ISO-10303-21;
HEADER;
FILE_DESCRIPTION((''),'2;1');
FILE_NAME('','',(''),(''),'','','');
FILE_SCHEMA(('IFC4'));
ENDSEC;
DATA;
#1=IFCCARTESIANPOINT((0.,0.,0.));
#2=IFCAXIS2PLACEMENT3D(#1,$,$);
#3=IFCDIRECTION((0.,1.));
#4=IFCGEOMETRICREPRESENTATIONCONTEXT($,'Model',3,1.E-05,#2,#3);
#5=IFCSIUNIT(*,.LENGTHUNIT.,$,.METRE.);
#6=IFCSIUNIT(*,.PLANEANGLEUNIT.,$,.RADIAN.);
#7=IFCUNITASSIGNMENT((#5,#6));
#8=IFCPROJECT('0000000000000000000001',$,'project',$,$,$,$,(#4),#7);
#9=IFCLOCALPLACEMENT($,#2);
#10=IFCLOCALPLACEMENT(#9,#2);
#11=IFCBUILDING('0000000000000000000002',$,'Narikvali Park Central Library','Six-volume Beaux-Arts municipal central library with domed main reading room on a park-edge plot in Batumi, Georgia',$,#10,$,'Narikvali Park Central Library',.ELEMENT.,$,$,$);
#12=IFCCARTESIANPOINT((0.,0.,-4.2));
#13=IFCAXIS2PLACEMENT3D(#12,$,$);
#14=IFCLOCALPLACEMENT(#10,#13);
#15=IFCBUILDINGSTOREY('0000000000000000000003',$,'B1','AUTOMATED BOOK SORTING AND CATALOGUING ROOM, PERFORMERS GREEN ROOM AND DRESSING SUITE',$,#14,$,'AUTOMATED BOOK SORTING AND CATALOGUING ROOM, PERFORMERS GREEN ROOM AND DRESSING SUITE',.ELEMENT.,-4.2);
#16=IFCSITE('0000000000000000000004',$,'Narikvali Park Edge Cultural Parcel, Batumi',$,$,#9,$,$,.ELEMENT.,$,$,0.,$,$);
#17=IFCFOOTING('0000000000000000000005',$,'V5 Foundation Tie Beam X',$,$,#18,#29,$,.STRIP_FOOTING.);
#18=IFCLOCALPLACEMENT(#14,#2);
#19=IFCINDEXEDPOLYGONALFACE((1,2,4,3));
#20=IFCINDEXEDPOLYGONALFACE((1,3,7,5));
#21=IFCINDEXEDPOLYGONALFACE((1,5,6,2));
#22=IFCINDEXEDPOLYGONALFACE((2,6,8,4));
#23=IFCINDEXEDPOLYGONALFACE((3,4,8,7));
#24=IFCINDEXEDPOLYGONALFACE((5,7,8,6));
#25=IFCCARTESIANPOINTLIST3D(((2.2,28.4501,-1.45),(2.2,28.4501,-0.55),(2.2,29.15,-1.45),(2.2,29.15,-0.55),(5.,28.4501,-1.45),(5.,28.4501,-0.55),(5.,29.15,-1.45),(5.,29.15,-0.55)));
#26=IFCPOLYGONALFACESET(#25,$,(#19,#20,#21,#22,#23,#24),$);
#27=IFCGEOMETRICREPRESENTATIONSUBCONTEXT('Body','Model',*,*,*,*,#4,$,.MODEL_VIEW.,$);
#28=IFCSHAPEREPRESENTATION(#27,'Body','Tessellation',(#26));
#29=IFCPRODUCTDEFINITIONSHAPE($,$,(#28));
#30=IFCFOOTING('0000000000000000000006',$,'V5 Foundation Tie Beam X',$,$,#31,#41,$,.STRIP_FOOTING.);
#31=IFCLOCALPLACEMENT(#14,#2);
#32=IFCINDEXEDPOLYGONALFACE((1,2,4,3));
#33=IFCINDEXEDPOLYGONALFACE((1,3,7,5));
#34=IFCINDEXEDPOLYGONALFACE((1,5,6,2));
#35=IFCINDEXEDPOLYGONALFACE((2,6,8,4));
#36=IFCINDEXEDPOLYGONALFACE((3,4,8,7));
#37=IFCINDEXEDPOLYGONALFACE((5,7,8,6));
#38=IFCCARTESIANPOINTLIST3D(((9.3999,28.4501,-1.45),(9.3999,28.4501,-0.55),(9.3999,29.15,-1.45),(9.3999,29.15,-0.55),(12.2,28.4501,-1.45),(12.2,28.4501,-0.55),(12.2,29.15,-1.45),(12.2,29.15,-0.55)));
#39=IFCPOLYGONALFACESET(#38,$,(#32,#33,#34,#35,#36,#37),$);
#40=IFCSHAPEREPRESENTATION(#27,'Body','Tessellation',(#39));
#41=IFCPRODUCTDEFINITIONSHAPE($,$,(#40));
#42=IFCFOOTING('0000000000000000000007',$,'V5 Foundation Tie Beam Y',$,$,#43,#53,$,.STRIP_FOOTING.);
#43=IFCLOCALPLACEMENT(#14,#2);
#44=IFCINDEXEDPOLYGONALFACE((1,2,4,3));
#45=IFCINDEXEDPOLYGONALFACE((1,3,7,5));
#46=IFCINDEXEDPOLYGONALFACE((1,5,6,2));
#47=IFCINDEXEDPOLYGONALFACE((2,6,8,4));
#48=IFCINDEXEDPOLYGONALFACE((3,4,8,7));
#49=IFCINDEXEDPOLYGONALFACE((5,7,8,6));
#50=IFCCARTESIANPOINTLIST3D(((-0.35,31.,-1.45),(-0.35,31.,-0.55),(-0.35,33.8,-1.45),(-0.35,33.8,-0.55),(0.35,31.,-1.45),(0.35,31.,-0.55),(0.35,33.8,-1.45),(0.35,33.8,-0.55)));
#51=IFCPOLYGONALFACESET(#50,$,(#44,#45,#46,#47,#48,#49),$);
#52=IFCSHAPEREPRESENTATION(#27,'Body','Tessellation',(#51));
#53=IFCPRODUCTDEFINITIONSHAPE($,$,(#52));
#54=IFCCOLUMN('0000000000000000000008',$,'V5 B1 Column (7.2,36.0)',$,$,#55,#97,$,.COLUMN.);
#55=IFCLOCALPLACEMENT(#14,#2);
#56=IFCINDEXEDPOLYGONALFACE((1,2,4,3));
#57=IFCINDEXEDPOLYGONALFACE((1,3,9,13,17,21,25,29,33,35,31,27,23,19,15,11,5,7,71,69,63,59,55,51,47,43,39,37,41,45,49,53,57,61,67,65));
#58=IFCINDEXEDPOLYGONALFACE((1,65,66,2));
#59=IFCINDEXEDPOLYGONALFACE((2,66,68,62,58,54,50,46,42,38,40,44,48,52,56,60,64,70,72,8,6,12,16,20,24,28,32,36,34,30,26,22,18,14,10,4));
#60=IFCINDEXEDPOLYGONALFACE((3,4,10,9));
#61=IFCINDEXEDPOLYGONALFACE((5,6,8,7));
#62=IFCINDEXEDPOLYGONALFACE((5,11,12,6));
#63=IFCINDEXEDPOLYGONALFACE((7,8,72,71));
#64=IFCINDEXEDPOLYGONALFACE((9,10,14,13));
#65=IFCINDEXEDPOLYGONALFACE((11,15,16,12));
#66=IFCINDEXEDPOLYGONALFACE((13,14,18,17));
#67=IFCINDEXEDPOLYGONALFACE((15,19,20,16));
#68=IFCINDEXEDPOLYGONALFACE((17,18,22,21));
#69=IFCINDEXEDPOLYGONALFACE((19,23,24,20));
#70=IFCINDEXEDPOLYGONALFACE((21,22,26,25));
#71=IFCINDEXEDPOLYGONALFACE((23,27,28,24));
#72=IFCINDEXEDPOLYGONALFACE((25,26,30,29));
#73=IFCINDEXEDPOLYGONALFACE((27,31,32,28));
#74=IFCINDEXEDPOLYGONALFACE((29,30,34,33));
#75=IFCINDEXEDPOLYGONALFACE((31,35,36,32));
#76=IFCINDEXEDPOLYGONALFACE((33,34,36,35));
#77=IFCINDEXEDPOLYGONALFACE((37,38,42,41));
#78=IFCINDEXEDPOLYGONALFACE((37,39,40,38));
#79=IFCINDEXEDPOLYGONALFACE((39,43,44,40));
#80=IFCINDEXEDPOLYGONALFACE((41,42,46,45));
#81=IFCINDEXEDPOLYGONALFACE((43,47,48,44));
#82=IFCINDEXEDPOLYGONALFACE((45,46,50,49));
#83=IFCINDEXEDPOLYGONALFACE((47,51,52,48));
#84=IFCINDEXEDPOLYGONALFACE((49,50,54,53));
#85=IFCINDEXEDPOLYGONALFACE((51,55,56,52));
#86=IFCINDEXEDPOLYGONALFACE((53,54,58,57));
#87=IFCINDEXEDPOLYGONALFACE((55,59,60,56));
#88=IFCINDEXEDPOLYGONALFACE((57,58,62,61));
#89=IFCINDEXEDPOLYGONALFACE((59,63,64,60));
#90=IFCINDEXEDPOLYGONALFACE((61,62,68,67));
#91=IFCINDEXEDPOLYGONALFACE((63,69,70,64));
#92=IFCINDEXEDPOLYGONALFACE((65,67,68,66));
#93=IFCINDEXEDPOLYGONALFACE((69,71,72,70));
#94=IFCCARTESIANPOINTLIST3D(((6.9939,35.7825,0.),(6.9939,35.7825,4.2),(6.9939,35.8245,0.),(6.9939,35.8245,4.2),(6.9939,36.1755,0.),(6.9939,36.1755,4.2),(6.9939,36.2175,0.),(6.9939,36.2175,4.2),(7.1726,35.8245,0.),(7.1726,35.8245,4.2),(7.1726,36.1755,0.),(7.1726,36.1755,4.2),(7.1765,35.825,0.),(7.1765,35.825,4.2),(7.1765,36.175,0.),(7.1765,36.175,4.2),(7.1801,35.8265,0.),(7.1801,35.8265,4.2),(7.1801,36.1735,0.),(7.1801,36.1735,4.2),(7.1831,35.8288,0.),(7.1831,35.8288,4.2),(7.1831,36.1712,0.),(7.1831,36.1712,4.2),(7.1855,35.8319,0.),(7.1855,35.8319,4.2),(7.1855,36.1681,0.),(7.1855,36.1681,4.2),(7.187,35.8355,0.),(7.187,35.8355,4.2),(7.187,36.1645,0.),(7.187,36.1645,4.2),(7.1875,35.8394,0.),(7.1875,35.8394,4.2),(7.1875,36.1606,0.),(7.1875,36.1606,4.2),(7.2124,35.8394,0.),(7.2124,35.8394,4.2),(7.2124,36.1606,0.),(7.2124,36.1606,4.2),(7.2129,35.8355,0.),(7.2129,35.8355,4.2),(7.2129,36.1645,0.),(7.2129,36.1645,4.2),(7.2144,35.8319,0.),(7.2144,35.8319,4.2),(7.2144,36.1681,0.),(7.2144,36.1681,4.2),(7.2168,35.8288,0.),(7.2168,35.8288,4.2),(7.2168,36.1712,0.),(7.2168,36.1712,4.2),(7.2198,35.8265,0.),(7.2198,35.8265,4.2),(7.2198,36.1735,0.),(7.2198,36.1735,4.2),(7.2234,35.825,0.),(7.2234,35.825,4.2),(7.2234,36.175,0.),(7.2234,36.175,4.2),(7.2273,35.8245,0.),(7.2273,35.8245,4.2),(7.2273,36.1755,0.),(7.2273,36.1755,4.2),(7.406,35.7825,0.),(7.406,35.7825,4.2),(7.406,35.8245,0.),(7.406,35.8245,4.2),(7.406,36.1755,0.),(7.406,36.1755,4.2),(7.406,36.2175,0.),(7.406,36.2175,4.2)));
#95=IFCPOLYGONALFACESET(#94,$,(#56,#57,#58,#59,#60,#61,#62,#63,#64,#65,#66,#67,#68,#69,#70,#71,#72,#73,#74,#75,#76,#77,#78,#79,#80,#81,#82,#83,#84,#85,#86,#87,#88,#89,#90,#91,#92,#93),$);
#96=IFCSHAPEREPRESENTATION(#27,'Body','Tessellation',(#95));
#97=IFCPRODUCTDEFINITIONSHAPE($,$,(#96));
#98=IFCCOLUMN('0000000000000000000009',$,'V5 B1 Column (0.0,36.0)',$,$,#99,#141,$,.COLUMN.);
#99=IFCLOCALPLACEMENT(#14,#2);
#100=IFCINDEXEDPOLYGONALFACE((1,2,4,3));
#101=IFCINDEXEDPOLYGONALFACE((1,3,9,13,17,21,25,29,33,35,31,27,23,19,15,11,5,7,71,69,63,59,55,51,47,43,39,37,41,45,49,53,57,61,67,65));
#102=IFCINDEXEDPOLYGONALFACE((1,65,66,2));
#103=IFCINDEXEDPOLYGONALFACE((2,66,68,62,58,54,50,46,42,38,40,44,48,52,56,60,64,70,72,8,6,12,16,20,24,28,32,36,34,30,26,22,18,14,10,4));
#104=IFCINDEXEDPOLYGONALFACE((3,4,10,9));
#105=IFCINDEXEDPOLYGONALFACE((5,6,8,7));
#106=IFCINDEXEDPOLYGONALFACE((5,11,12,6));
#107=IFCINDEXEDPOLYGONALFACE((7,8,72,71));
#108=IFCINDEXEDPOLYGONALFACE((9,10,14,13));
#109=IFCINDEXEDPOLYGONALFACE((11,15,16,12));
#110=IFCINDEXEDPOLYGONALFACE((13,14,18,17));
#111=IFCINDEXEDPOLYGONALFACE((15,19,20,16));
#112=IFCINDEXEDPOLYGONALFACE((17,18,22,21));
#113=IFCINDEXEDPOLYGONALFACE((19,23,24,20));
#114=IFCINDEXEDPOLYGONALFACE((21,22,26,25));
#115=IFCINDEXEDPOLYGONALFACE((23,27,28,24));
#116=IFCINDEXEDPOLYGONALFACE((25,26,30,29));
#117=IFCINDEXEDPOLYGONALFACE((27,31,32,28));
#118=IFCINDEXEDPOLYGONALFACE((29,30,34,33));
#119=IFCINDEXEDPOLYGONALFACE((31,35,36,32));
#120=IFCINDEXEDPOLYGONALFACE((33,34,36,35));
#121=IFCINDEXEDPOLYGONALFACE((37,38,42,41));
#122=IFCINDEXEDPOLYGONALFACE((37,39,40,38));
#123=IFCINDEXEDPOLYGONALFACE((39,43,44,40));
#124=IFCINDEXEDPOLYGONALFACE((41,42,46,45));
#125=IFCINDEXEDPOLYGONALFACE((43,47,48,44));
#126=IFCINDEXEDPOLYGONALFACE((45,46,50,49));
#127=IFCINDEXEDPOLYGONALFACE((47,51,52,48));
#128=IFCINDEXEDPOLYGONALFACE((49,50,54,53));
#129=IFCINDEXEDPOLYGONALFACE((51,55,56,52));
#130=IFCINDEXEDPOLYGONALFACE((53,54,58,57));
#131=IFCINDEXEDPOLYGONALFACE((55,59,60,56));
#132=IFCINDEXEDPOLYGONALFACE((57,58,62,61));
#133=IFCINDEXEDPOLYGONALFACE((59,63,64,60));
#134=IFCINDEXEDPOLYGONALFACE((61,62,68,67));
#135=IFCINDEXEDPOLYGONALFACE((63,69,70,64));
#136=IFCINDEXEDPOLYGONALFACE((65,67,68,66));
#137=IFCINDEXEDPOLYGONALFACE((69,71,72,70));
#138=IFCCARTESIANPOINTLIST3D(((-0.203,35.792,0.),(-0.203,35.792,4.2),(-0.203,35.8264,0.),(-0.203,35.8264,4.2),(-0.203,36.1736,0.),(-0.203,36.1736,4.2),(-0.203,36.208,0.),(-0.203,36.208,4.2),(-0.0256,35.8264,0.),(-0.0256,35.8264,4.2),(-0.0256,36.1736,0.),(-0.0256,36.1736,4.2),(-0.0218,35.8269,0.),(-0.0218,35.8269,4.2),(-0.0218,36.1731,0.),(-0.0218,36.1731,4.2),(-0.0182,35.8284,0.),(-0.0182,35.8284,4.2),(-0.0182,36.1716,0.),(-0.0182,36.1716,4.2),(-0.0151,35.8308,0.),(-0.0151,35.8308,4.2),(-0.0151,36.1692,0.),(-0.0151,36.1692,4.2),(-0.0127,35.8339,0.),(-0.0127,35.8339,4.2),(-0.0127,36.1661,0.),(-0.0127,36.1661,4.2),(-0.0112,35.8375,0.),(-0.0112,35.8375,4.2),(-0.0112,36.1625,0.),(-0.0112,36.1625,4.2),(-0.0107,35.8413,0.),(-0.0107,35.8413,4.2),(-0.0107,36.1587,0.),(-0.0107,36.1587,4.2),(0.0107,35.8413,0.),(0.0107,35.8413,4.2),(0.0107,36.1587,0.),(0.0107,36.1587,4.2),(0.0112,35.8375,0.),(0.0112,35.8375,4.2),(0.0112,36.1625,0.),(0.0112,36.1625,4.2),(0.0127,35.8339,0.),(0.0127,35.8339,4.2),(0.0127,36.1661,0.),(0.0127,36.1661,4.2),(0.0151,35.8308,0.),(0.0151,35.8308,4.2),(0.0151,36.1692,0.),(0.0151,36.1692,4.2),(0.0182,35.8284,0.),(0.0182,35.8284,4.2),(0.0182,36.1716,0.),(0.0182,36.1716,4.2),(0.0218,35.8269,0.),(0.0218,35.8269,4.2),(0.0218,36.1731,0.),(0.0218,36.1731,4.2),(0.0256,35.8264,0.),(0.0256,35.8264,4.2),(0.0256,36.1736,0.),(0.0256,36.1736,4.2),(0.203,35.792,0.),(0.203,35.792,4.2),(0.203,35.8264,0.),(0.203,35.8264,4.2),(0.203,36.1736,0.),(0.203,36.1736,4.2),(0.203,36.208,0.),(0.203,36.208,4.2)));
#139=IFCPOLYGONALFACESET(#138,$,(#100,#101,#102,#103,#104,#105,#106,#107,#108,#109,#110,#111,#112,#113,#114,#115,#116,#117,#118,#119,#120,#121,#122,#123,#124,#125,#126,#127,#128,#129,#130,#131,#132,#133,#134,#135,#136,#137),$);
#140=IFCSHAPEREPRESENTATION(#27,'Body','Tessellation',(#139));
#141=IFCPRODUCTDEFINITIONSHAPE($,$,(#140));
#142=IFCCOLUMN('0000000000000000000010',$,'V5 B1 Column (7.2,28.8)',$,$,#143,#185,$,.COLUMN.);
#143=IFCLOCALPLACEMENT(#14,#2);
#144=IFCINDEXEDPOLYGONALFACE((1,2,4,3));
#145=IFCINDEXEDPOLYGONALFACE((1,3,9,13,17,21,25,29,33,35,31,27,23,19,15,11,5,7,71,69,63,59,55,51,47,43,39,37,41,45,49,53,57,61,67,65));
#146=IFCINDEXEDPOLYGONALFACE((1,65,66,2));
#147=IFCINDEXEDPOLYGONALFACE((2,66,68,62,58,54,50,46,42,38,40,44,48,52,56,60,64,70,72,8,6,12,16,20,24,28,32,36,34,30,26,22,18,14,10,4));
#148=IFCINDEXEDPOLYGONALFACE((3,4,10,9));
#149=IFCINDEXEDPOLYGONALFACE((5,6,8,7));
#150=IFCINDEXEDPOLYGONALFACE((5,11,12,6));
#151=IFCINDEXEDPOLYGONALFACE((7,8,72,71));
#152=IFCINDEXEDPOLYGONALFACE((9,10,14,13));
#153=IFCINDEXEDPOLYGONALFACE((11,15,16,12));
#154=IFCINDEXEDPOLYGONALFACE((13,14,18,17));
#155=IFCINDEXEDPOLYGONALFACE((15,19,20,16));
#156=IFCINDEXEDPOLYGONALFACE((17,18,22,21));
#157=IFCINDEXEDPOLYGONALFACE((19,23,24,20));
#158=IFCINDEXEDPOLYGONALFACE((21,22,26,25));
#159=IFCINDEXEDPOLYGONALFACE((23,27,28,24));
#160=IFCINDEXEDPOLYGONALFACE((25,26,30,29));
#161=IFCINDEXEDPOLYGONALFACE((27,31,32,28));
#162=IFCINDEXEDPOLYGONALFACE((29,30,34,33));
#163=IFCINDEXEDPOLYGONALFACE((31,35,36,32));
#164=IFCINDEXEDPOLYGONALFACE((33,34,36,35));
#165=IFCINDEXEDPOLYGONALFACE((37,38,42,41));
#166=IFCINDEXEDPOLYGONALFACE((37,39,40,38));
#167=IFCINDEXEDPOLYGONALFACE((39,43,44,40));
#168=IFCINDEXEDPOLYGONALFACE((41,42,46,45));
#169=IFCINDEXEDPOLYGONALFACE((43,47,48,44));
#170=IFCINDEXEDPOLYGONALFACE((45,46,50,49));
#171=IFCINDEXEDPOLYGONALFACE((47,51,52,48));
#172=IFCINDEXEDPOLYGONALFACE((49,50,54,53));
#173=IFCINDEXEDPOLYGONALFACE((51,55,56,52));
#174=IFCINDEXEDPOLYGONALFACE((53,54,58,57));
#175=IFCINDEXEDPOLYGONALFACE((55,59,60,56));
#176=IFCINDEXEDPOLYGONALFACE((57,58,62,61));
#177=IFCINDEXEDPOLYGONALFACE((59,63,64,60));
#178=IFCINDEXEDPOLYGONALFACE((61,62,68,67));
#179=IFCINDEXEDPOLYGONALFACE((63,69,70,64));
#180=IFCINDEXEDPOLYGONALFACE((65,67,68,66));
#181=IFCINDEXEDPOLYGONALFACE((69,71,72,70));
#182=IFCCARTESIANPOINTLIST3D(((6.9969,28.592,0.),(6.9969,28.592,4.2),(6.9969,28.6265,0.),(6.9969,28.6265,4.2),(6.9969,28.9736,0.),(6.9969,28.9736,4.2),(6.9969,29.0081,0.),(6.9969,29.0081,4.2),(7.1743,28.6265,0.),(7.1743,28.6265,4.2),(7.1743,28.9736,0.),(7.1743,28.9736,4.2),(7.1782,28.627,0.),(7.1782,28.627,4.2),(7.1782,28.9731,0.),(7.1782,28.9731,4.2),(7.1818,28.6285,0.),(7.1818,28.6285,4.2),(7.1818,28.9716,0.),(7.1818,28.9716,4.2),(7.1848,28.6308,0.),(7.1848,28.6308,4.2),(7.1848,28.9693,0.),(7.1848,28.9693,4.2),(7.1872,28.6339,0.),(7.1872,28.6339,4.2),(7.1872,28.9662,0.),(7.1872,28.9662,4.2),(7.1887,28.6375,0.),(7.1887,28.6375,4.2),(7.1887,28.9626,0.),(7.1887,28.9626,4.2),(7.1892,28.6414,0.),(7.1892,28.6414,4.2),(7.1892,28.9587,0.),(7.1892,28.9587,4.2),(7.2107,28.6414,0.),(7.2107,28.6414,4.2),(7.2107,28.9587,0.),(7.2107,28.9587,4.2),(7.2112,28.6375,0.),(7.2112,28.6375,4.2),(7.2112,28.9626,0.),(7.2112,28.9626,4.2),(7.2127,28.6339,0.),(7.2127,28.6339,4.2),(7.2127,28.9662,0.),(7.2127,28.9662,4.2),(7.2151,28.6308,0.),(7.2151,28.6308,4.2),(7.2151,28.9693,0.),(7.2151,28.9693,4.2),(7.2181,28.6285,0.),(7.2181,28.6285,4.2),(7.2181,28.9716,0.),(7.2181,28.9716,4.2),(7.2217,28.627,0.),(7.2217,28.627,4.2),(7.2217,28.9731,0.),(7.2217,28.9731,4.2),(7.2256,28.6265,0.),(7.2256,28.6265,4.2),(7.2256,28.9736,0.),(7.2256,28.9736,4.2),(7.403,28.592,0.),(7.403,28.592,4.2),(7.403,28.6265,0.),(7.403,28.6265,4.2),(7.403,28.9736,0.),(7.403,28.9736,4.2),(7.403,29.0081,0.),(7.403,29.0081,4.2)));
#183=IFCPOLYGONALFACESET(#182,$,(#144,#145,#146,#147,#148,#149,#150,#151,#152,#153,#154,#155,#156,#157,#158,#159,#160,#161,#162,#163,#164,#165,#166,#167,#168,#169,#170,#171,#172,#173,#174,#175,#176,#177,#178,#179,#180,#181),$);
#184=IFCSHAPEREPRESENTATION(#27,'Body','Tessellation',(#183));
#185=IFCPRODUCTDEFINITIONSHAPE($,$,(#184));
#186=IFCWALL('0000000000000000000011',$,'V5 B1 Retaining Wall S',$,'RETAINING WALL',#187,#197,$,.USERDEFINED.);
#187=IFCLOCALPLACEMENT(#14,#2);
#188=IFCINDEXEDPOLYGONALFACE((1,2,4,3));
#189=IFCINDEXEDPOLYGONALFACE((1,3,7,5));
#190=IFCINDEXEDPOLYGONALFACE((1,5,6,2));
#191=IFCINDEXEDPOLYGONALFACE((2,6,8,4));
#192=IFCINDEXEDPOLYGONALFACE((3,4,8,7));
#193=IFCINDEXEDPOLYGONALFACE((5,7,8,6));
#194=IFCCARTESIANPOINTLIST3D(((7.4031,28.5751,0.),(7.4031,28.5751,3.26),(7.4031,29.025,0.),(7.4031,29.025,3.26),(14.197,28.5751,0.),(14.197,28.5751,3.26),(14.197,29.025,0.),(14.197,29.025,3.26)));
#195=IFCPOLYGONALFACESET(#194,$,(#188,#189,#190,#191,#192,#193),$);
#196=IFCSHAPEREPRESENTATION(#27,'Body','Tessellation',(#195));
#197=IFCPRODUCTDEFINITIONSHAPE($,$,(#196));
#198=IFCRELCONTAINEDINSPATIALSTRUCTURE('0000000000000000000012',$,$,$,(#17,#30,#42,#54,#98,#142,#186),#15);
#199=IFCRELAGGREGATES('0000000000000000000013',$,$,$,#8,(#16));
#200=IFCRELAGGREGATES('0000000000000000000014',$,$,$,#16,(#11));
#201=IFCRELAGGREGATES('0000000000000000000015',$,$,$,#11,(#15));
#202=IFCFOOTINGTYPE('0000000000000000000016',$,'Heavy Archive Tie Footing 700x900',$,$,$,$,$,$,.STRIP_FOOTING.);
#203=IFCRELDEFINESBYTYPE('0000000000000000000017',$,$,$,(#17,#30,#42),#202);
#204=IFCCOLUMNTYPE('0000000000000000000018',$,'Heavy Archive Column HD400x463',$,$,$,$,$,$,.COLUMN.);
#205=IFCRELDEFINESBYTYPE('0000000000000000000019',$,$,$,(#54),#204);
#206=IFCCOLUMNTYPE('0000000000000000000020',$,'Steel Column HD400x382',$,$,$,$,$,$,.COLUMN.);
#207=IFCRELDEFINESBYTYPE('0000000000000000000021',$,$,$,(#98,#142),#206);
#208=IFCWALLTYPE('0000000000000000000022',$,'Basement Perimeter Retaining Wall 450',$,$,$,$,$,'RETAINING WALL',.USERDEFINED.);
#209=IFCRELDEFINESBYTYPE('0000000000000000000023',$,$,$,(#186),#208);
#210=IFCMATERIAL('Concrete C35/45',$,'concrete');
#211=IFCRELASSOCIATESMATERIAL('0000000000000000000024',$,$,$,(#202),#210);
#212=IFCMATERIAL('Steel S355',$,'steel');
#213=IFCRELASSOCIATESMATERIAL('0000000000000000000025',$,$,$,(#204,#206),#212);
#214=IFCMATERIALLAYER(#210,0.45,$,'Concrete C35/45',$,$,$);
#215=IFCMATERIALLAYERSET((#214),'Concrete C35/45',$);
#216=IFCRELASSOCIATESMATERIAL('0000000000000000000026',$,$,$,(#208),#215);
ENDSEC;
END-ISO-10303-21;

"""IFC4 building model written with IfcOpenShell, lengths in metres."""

from ifc_helpers import new_model, si_unit, direction, frame, frame_2d, origin, origin_2d, place, context, subcontext, project, spatial, rectangle, i_section, extrude, material, layer, layer_set, material_profile, profile_set, type_object, element, save


model = new_model("IFC4")

# Units and contexts
model_context = context("Model", 3, precision=1e-05, world=origin(), true_north=direction((0.0, 1.0)))
body_context = subcontext(model_context, "Body", "Model", "MODEL_VIEW")
ifc_project = project(units=[si_unit("LENGTHUNIT", "METRE"), si_unit("PLANEANGLEUNIT", "RADIAN")], contexts=[model_context])

# Site, building, storey
site_placement = place(None, origin())
site = spatial("IfcSite", under=ifc_project, at=site_placement, Name="Narikvali Park Edge Cultural Parcel, Batumi", CompositionType="ELEMENT", RefElevation=0.0)
building_placement = place(site_placement, origin())
building = spatial("IfcBuilding", under=site, at=building_placement, Name="Narikvali Park Central Library", Description="Six-volume Beaux-Arts municipal central library with domed main reading room on a park-edge plot in Batumi, Georgia", LongName="Narikvali Park Central Library", CompositionType="ELEMENT")
storey_placement = place(building_placement, frame((0.0, 0.0, -4.2)))
storey = spatial("IfcBuildingStorey", under=building, at=storey_placement, Name="B1", Description="AUTOMATED BOOK SORTING AND CATALOGUING ROOM, PERFORMERS GREEN ROOM AND DRESSING SUITE", LongName="AUTOMATED BOOK SORTING AND CATALOGUING ROOM, PERFORMERS GREEN ROOM AND DRESSING SUITE", CompositionType="ELEMENT", Elevation=-4.2)

# Shared definitions
ifc_material_1 = material(Name="Concrete C35/45", Category="concrete")

# Footings
ifc_material_profile_1 = material_profile(ifc_material_1, rectangle(XDim=0.7, YDim=0.8999, at=origin_2d()), Name="RC GB 700x900")
ifc_profile_set_1 = profile_set([ifc_material_profile_1], Name="Concrete C35/45")
footing_type_1 = type_object("IfcFootingType", Name="Heavy Archive Tie Footing 700x900", PredefinedType="STRIP_FOOTING", material=ifc_profile_set_1)
for number, where, z_axis, x_axis, name in (
    (1, (2.2, 28.8, -1.0), (1.0, 0.0, 0.0), (0.0, 1.0, 0.0), "V5 Foundation Tie Beam X"),
    (2, (9.3999, 28.8, -1.0), (1.0, 0.0, 0.0), (0.0, 1.0, 0.0), "V5 Foundation Tie Beam X"),
    (3, (0.0, 31.0, -1.0), (0.0, 1.0, 0.0), (-1.0, 0.0, 0.0), "V5 Foundation Tie Beam Y"),
):
    element("IfcFooting", number, at=place(storey_placement, frame(where, z_axis=z_axis, x_axis=x_axis)), inside=storey, type_object=footing_type_1, Name=name, PredefinedType="STRIP_FOOTING", context=body_context, shape_type="SweptSolid", body=[
        extrude(rectangle(XDim=0.7, YDim=0.8999, at=origin_2d()), origin(), (0.0, 0.0, 1.0), 2.8),
    ])

# Columns
ifc_material_2 = material(Name="Steel S355", Category="steel")
ifc_material_profile_2 = material_profile(ifc_material_2, i_section(OverallWidth=0.4121, OverallDepth=0.4351, WebThickness=0.0249, FlangeThickness=0.042, FilletRadius=0.0149, at=origin_2d()), Name="HD 400x463")
ifc_profile_set_2 = profile_set([ifc_material_profile_2], Name="Steel S355")
column_type_1 = type_object("IfcColumnType", Name="Heavy Archive Column HD400x463", PredefinedType="COLUMN", material=ifc_profile_set_2)
column_placement = place(storey_placement, frame((7.2, 36.0, 0.0), z_axis=(0.0, 0.0, 1.0), x_axis=(1.0, 0.0, 0.0)))
element("IfcColumn", 4, at=column_placement, inside=storey, type_object=column_type_1, Name="V5 B1 Column (7.2,36.0)", PredefinedType="COLUMN", context=body_context, shape_type="SweptSolid", body=[
    extrude(i_section(OverallWidth=0.4121, OverallDepth=0.4351, WebThickness=0.0249, FlangeThickness=0.042, FilletRadius=0.0149, at=origin_2d()), origin(), (0.0, 0.0, 1.0), 4.2),
])
ifc_material_profile_3 = material_profile(ifc_material_2, i_section(OverallWidth=0.406, OverallDepth=0.416, WebThickness=0.0215, FlangeThickness=0.0344, FilletRadius=0.0149, at=origin_2d()), Name="HD 400x382")
ifc_profile_set_3 = profile_set([ifc_material_profile_3], Name="Steel S355")
column_type_2 = type_object("IfcColumnType", Name="Steel Column HD400x382", PredefinedType="COLUMN", material=ifc_profile_set_3)
for number, where, z_axis, x_axis, name in (
    (5, (0.0, 36.0, 0.0), (0.0, 0.0, 1.0), (1.0, 0.0, 0.0), "V5 B1 Column (0.0,36.0)"),
    (6, (7.2, 28.8, 0.0), (0.0, 0.0, 1.0), (1.0, 0.0, 0.0), "V5 B1 Column (7.2,28.8)"),
):
    element("IfcColumn", number, at=place(storey_placement, frame(where, z_axis=z_axis, x_axis=x_axis)), inside=storey, type_object=column_type_2, Name=name, PredefinedType="COLUMN", context=body_context, shape_type="SweptSolid", body=[
        extrude(i_section(OverallWidth=0.406, OverallDepth=0.416, WebThickness=0.0215, FlangeThickness=0.0344, FilletRadius=0.0149, at=origin_2d()), origin(), (0.0, 0.0, 1.0), 4.2),
    ])

# Wall
ifc_layer_1 = layer(ifc_material_1, 0.45, Name="Concrete C35/45")
ifc_layer_set_1 = layer_set([ifc_layer_1], Name="Concrete C35/45")
wall_type_1 = type_object("IfcWallType", Name="Basement Perimeter Retaining Wall 450", ElementType="RETAINING WALL", PredefinedType="USERDEFINED", material=ifc_layer_set_1)
wall_1_placement = place(storey_placement, frame((7.4031, 28.8, 0.0), z_axis=(0.0, 0.0, 1.0), x_axis=(1.0, 0.0, 0.0)))
element("IfcWall", 7, at=wall_1_placement, inside=storey, type_object=wall_type_1, Name="V5 B1 Retaining Wall S", ObjectType="RETAINING WALL", PredefinedType="USERDEFINED", context=body_context, shape_type="SweptSolid", body=[
    extrude(rectangle(XDim=6.7939, YDim=0.45, at=frame_2d((3.397, 0.0))), origin(), (0.0, 0.0, 1.0), 3.26),
])

save(model, "model.ifc")
